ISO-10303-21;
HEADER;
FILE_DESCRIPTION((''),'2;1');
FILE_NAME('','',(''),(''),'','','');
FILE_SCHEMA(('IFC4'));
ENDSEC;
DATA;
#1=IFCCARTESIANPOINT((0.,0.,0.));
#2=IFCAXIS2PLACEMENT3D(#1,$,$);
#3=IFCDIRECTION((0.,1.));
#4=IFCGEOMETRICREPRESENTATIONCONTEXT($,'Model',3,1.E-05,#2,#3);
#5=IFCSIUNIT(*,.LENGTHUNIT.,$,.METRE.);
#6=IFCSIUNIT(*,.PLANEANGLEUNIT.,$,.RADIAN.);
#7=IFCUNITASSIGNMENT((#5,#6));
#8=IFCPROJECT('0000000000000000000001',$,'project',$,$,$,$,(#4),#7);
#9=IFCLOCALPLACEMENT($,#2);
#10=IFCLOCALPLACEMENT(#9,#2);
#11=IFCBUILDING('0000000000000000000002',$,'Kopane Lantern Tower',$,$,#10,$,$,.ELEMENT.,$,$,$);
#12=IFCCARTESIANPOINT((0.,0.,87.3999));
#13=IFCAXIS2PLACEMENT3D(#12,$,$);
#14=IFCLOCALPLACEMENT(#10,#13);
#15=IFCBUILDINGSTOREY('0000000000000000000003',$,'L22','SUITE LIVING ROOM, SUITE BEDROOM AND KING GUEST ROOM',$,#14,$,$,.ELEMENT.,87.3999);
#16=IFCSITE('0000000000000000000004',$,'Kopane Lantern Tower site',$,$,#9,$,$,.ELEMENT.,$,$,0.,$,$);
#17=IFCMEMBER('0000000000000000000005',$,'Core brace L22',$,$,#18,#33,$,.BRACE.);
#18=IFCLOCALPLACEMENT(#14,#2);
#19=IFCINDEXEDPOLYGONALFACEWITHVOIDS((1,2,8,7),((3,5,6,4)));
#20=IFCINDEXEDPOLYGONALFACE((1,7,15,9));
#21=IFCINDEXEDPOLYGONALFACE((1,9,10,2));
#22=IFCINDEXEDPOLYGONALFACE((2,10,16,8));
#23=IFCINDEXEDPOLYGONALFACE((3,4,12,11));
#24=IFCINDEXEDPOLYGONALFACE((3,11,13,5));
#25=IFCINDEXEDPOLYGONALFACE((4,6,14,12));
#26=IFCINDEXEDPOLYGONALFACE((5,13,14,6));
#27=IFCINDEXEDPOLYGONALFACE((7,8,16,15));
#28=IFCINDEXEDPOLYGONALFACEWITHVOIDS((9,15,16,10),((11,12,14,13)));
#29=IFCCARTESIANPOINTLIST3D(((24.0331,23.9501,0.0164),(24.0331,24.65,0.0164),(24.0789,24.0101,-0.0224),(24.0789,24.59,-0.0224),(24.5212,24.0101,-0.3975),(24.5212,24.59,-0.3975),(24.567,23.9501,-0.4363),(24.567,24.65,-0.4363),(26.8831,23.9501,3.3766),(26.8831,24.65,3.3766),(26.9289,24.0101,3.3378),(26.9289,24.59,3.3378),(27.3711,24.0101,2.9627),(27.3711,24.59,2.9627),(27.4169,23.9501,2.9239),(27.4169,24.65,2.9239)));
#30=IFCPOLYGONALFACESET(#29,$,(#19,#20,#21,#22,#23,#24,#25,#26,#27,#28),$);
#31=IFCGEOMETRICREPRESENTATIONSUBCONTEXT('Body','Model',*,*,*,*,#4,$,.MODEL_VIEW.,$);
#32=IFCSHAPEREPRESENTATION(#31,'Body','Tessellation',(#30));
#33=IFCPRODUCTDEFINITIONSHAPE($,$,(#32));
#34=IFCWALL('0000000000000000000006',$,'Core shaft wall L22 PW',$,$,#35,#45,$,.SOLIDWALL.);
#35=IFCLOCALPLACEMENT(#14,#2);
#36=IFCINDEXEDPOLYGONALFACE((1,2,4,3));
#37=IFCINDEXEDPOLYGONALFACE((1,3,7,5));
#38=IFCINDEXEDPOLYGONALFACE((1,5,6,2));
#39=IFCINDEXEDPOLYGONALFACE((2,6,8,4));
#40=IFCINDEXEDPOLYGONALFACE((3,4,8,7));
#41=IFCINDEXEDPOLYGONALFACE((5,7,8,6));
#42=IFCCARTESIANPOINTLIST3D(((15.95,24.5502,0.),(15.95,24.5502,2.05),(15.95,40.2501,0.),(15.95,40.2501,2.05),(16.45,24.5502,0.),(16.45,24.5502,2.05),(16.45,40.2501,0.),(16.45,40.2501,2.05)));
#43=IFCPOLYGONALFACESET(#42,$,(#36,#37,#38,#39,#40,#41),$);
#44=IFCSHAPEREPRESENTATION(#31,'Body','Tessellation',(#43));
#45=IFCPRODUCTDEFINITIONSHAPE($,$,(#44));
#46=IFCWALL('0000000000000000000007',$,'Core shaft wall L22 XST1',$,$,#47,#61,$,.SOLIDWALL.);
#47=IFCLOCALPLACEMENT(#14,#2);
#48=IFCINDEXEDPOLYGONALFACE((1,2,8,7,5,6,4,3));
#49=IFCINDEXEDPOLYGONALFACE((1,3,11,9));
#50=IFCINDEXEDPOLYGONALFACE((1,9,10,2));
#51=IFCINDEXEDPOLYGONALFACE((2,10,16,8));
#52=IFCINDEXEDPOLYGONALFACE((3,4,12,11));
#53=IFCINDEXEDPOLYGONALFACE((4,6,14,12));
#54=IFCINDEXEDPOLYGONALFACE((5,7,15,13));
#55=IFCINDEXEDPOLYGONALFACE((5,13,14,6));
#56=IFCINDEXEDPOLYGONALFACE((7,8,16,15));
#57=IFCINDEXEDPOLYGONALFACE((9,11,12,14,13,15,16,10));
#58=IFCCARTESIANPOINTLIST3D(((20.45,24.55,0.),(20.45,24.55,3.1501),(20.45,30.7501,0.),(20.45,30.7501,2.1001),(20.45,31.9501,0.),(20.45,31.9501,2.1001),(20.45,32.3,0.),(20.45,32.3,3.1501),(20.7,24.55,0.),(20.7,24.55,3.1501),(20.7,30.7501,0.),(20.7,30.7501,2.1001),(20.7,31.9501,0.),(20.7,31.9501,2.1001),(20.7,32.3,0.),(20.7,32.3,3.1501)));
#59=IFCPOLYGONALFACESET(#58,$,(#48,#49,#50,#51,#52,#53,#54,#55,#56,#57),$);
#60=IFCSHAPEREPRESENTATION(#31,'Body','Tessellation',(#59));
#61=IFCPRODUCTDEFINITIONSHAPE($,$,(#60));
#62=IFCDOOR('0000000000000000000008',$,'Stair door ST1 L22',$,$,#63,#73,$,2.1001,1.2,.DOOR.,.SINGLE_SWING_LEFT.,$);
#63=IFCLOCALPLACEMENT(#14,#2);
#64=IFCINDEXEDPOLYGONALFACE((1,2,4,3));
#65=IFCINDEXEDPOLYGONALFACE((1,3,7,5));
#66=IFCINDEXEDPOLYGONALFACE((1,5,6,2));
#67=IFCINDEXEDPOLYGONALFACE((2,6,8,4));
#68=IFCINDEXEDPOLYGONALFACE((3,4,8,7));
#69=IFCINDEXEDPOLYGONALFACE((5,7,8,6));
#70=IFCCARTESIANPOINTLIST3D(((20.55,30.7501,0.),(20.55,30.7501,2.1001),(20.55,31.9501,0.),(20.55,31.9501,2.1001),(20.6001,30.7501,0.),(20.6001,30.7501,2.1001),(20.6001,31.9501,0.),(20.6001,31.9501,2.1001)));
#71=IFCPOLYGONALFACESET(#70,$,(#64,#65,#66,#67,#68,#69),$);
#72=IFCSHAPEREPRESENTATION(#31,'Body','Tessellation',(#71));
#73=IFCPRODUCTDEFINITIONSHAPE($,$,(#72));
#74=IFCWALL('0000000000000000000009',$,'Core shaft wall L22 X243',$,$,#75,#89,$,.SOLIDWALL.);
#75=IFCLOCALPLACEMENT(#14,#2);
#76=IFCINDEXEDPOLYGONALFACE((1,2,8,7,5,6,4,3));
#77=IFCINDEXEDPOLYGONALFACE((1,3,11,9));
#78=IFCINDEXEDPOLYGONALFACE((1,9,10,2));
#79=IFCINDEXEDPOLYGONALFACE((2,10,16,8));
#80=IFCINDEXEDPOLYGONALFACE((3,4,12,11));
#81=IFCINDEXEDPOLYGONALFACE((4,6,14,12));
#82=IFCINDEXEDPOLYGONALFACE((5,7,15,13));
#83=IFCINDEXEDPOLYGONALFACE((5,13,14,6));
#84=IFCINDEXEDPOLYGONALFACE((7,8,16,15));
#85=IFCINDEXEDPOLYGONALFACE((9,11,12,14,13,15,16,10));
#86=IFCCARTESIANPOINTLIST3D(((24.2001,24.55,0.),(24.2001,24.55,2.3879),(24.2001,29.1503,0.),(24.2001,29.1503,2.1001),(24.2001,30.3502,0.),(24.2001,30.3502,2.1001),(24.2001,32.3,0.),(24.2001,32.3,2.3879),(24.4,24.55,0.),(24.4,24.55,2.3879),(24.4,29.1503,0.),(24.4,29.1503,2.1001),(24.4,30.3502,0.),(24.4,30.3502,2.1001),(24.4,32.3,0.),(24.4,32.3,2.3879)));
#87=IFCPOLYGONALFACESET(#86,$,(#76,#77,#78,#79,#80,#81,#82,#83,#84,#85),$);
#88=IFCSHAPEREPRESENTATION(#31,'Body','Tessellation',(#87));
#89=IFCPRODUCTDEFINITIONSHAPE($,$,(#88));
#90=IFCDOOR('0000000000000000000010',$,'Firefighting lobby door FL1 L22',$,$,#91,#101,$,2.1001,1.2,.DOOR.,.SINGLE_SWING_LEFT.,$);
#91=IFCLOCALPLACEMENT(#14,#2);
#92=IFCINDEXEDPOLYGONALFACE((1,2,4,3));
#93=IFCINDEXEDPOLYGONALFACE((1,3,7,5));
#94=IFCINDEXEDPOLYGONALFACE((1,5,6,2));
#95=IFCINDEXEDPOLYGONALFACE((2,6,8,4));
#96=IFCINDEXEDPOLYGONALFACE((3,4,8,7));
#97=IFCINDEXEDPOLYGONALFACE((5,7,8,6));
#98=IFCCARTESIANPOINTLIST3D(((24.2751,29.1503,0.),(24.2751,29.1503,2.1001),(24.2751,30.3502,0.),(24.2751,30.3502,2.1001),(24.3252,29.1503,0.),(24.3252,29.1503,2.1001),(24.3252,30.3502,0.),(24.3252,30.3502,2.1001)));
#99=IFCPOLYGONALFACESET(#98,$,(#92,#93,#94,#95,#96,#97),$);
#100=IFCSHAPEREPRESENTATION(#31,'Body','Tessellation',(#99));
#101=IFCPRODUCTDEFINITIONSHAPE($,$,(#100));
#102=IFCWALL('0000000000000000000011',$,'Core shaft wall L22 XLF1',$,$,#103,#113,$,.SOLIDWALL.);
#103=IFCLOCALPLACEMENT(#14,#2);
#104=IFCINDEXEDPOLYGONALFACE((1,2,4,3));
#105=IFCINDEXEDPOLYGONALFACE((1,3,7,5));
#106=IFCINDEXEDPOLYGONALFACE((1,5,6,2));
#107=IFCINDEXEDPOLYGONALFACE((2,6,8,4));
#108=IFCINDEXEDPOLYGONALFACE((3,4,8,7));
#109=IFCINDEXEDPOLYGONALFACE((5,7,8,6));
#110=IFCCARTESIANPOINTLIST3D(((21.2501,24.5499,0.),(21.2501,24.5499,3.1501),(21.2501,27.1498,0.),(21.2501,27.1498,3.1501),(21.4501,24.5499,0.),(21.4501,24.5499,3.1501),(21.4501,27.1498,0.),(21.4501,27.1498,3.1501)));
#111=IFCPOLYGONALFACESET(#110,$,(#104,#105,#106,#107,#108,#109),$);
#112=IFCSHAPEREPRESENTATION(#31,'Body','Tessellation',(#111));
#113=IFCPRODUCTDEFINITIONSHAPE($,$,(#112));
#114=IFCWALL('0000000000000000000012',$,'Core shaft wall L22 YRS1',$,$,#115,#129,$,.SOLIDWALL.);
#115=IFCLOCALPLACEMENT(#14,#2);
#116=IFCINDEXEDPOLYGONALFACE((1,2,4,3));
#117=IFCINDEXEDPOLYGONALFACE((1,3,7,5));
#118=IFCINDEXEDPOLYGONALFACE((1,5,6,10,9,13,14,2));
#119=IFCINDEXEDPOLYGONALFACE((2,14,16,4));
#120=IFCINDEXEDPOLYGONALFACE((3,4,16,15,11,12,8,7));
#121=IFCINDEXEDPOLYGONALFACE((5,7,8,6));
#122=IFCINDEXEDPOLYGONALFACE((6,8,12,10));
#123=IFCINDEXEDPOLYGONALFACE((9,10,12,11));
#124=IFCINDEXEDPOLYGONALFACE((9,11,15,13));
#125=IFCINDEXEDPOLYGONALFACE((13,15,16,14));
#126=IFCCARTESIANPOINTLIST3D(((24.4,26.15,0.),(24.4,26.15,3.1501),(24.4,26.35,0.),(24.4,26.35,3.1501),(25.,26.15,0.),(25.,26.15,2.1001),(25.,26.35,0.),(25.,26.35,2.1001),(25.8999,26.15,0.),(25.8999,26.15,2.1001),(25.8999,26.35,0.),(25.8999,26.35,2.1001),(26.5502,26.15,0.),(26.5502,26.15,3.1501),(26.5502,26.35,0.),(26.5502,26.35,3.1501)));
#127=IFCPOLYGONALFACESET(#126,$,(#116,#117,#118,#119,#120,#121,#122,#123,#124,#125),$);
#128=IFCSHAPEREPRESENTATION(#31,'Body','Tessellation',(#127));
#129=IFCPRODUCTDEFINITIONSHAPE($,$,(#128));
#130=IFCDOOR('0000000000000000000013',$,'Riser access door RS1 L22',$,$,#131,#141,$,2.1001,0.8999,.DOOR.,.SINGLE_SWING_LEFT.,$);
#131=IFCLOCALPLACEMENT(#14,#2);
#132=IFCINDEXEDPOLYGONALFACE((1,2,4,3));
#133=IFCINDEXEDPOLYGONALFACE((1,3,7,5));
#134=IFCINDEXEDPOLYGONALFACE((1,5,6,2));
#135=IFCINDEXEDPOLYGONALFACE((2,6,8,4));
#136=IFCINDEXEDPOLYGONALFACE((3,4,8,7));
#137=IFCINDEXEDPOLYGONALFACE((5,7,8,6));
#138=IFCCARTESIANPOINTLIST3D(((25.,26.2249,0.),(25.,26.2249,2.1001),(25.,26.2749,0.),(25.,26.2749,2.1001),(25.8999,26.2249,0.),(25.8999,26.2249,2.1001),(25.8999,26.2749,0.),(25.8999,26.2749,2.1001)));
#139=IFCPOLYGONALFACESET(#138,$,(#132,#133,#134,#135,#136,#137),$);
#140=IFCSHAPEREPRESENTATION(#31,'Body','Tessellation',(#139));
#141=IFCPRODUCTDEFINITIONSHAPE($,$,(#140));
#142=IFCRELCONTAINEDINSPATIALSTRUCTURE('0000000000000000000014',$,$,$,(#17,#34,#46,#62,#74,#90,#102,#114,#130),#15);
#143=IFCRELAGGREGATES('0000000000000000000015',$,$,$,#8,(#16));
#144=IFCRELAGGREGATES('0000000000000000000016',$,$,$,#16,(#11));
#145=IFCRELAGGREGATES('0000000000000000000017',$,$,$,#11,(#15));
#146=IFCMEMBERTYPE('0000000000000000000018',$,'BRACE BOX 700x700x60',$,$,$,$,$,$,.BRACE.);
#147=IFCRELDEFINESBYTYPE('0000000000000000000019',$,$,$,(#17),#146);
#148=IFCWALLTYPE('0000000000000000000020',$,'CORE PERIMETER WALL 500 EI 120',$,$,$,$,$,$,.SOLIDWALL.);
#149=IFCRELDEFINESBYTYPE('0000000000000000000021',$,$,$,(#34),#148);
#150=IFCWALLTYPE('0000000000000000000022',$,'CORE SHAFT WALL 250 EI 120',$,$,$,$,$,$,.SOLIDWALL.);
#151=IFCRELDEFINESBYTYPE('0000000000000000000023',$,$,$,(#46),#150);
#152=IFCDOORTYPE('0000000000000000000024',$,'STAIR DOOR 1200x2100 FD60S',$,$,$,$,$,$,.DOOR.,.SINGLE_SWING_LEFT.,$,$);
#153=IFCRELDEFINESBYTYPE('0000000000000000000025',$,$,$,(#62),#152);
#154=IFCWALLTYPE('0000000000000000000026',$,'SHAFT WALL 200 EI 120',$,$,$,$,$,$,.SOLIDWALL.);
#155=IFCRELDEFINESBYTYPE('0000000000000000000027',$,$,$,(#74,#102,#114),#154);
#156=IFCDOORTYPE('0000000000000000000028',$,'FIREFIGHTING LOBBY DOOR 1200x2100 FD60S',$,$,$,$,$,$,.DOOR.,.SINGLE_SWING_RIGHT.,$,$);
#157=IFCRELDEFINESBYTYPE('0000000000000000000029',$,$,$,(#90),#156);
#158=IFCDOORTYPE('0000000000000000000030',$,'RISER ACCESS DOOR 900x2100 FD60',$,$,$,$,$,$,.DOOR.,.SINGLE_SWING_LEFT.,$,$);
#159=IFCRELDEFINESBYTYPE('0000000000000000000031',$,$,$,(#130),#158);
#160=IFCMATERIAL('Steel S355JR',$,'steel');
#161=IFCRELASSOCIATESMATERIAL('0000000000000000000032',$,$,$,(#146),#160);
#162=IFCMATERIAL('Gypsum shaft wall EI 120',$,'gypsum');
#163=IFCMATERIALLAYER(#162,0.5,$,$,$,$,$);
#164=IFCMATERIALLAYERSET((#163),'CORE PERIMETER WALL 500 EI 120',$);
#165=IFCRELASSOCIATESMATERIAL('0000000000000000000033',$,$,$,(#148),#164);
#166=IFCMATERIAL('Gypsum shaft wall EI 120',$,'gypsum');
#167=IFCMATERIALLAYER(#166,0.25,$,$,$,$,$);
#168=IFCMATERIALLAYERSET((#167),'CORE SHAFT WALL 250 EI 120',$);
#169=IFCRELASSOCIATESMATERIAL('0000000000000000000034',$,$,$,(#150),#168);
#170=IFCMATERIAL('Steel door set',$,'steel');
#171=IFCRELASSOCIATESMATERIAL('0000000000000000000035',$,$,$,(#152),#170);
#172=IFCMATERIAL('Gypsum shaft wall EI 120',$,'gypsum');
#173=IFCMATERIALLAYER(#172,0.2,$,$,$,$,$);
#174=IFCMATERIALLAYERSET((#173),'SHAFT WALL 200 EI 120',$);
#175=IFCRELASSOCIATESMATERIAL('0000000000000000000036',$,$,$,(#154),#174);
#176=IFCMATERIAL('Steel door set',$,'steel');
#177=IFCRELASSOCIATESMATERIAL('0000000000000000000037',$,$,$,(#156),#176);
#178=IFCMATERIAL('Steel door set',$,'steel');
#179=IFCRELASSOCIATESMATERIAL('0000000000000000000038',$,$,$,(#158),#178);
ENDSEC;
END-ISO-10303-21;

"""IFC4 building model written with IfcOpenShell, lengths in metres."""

from ifc_helpers import new_model, si_unit, direction, frame, frame_2d, origin, origin_2d, place, context, subcontext, project, spatial, rectangle, hollow_rectangle, extrude, material, layer, layer_set, material_profile, profile_set, type_object, element, fill, save


model = new_model("IFC4")

# Units and contexts
model_context = context("Model", 3, precision=1e-05, world=origin(), true_north=direction((0.0, 1.0)))
body_context = subcontext(model_context, "Body", "Model", "MODEL_VIEW")
ifc_project = project(units=[si_unit("LENGTHUNIT", "METRE"), si_unit("PLANEANGLEUNIT", "RADIAN")], contexts=[model_context])

# Site, building, storey
site_placement = place(None, origin())
site = spatial("IfcSite", under=ifc_project, at=site_placement, Name="Kopane Lantern Tower site", CompositionType="ELEMENT", RefElevation=0.0)
building_placement = place(site_placement, origin())
building = spatial("IfcBuilding", under=site, at=building_placement, Name="Kopane Lantern Tower", CompositionType="ELEMENT")
storey_placement = place(building_placement, frame((0.0, 0.0, 87.3999)))
storey = spatial("IfcBuildingStorey", under=building, at=storey_placement, Name="L22", Description="SUITE LIVING ROOM, SUITE BEDROOM AND KING GUEST ROOM", CompositionType="ELEMENT", Elevation=87.3999)

# Member
ifc_material_1 = material(Name="Steel S355JR", Category="steel")
ifc_material_profile = material_profile(ifc_material_1, hollow_rectangle(XDim=0.7, YDim=0.7, WallThickness=0.0601, at=origin_2d()), Name="BOX 700x700x60")
ifc_profile_set = profile_set([ifc_material_profile], Name="Steel S355JR")
member_type = type_object("IfcMemberType", Name="BRACE BOX 700x700x60", PredefinedType="BRACE", material=ifc_profile_set)
member_placement = place(storey_placement, frame((24.3, 24.3, -0.21), z_axis=(0.646826, 0.0, 0.762638), x_axis=(0.0, 1.0, 0.0)))
element("IfcMember", 1, at=member_placement, inside=storey, type_object=member_type, Name="Core brace L22", PredefinedType="BRACE", context=body_context, shape_type="SweptSolid", body=[
    extrude(hollow_rectangle(XDim=0.7, YDim=0.7, WallThickness=0.0601, at=origin_2d()), origin(), (0.0, 0.0, 1.0), 4.406),
])

# Shared definitions
ifc_material_2 = material(Name="Gypsum shaft wall EI 120", Category="gypsum")
ifc_layer_1 = layer(ifc_material_2, 0.5)
ifc_layer_set_1 = layer_set([ifc_layer_1], Name="CORE PERIMETER WALL 500 EI 120")
wall_type_1 = type_object("IfcWallType", Name="CORE PERIMETER WALL 500 EI 120", PredefinedType="SOLIDWALL", material=ifc_layer_set_1)

# Wall
wall_1_placement = place(storey_placement, frame((16.2, 24.55, 0.0), z_axis=(0.0, 0.0, 1.0), x_axis=(0.0, 1.0, 0.0)))
element("IfcWall", 2, at=wall_1_placement, inside=storey, type_object=wall_type_1, Name="Core shaft wall L22 PW", PredefinedType="SOLIDWALL", context=body_context, shape_type="SweptSolid", body=[
    extrude(rectangle(XDim=15.7, YDim=0.5, at=frame_2d((7.8501, 0.0))), origin(), (0.0, 0.0, 1.0), 2.05),
])

# Walls, openings, doors
ifc_material_3 = material(Name="Gypsum shaft wall EI 120", Category="gypsum")
ifc_layer_2 = layer(ifc_material_3, 0.25)
ifc_layer_set_2 = layer_set([ifc_layer_2], Name="CORE SHAFT WALL 250 EI 120")
wall_type_2 = type_object("IfcWallType", Name="CORE SHAFT WALL 250 EI 120", PredefinedType="SOLIDWALL", material=ifc_layer_set_2)
wall_2_placement = place(storey_placement, frame((20.575, 24.55, 0.0), z_axis=(0.0, 0.0, 1.0), x_axis=(0.0, 1.0, 0.0)))
wall_2 = element("IfcWall", 3, at=wall_2_placement, inside=storey, type_object=wall_type_2, Name="Core shaft wall L22 XST1", PredefinedType="SOLIDWALL", context=body_context, shape_type="SweptSolid", body=[
    extrude(rectangle(XDim=7.75, YDim=0.25, at=frame_2d((3.875, 0.0))), origin(), (0.0, 0.0, 1.0), 3.1501),
])
opening_1_placement = place(wall_2_placement, frame((6.2, 0.0, 0.0)))
opening_1 = element("IfcOpeningElement", 4, at=opening_1_placement, cuts=wall_2, PredefinedType="OPENING", context=body_context, shape_type="SweptSolid", body=[
    extrude(rectangle(XDim=1.2, YDim=2.1001, at=frame_2d((0.6001, 1.05))), frame((0.0, 0.135, 0.0), z_axis=(0.0, -1.0, 0.0), x_axis=(1.0, 0.0, 0.0)), (0.0, 0.0, 1.0), 0.27),
])
ifc_material_4 = material(Name="Steel door set", Category="steel")
door_type_1 = type_object("IfcDoorType", Name="STAIR DOOR 1200x2100 FD60S", OperationType="SINGLE_SWING_LEFT", PredefinedType="DOOR", material=ifc_material_4)
door_1_placement = place(opening_1_placement, origin())
door_1 = element("IfcDoor", 5, at=door_1_placement, inside=storey, type_object=door_type_1, Name="Stair door ST1 L22", OperationType="SINGLE_SWING_LEFT", OverallHeight=2.1001, OverallWidth=1.2, PredefinedType="DOOR", context=body_context, shape_type="SweptSolid", body=[
    extrude(rectangle(XDim=1.2, YDim=2.1001, at=frame_2d((0.6001, 1.05))), frame((0.0, 0.0249, 0.0), z_axis=(0.0, -1.0, 0.0), x_axis=(1.0, 0.0, 0.0)), (0.0, 0.0, 1.0), 0.05),
])
fill(opening_1, door_1)
ifc_material_5 = material(Name="Gypsum shaft wall EI 120", Category="gypsum")
ifc_layer_3 = layer(ifc_material_5, 0.2)
ifc_layer_set_3 = layer_set([ifc_layer_3], Name="SHAFT WALL 200 EI 120")
wall_type_3 = type_object("IfcWallType", Name="SHAFT WALL 200 EI 120", PredefinedType="SOLIDWALL", material=ifc_layer_set_3)
wall_3_placement = place(storey_placement, frame((24.3, 24.55, 0.0), z_axis=(0.0, 0.0, 1.0), x_axis=(0.0, 1.0, 0.0)))
wall_3 = element("IfcWall", 6, at=wall_3_placement, inside=storey, type_object=wall_type_3, Name="Core shaft wall L22 X243", PredefinedType="SOLIDWALL", context=body_context, shape_type="SweptSolid", body=[
    extrude(rectangle(XDim=7.75, YDim=0.2, at=frame_2d((3.875, 0.0))), origin(), (0.0, 0.0, 1.0), 2.3879),
])
opening_2_placement = place(wall_3_placement, frame((4.6001, 0.0, 0.0)))
opening_2 = element("IfcOpeningElement", 7, at=opening_2_placement, cuts=wall_3, PredefinedType="OPENING", context=body_context, shape_type="SweptSolid", body=[
    extrude(rectangle(XDim=1.2, YDim=2.1001, at=frame_2d((0.6001, 1.05))), frame((0.0, 0.1099, 0.0), z_axis=(0.0, -1.0, 0.0), x_axis=(1.0, 0.0, 0.0)), (0.0, 0.0, 1.0), 0.22),
])
ifc_material_6 = material(Name="Steel door set", Category="steel")
door_type_2 = type_object("IfcDoorType", Name="FIREFIGHTING LOBBY DOOR 1200x2100 FD60S", OperationType="SINGLE_SWING_RIGHT", PredefinedType="DOOR", material=ifc_material_6)
door_2_placement = place(opening_2_placement, origin())
door_2 = element("IfcDoor", 8, at=door_2_placement, inside=storey, type_object=door_type_2, Name="Firefighting lobby door FL1 L22", OperationType="SINGLE_SWING_LEFT", OverallHeight=2.1001, OverallWidth=1.2, PredefinedType="DOOR", context=body_context, shape_type="SweptSolid", body=[
    extrude(rectangle(XDim=1.2, YDim=2.1001, at=frame_2d((0.6001, 1.05))), frame((0.0, 0.0249, 0.0), z_axis=(0.0, -1.0, 0.0), x_axis=(1.0, 0.0, 0.0)), (0.0, 0.0, 1.0), 0.05),
])
fill(opening_2, door_2)

# Wall
wall_4_placement = place(storey_placement, frame((21.3501, 24.55, 0.0), z_axis=(0.0, 0.0, 1.0), x_axis=(0.0, 1.0, 0.0)))
element("IfcWall", 9, at=wall_4_placement, inside=storey, type_object=wall_type_3, Name="Core shaft wall L22 XLF1", PredefinedType="SOLIDWALL", context=body_context, shape_type="SweptSolid", body=[
    extrude(rectangle(XDim=2.5999, YDim=0.2, at=frame_2d((1.2998, 0.0))), origin(), (0.0, 0.0, 1.0), 3.1501),
])

# Wall, opening, door
wall_5_placement = place(storey_placement, frame((24.3999, 26.25, 0.0), z_axis=(0.0, 0.0, 1.0), x_axis=(1.0, 0.0, 0.0)))
wall_5 = element("IfcWall", 10, at=wall_5_placement, inside=storey, type_object=wall_type_3, Name="Core shaft wall L22 YRS1", PredefinedType="SOLIDWALL", context=body_context, shape_type="SweptSolid", body=[
    extrude(rectangle(XDim=2.1501, YDim=0.2, at=frame_2d((1.0752, 0.0))), origin(), (0.0, 0.0, 1.0), 3.1501),
])
opening_3_placement = place(wall_5_placement, frame((0.6001, 0.0, 0.0)))
opening_3 = element("IfcOpeningElement", 11, at=opening_3_placement, cuts=wall_5, PredefinedType="OPENING", context=body_context, shape_type="SweptSolid", body=[
    extrude(rectangle(XDim=0.8999, YDim=2.1001, at=frame_2d((0.45, 1.05))), frame((0.0, 0.1099, 0.0), z_axis=(0.0, -1.0, 0.0), x_axis=(1.0, 0.0, 0.0)), (0.0, 0.0, 1.0), 0.22),
])
ifc_material_7 = material(Name="Steel door set", Category="steel")
door_type_3 = type_object("IfcDoorType", Name="RISER ACCESS DOOR 900x2100 FD60", OperationType="SINGLE_SWING_LEFT", PredefinedType="DOOR", material=ifc_material_7)
door_3_placement = place(opening_3_placement, origin())
door_3 = element("IfcDoor", 12, at=door_3_placement, inside=storey, type_object=door_type_3, Name="Riser access door RS1 L22", OperationType="SINGLE_SWING_LEFT", OverallHeight=2.1001, OverallWidth=0.8999, PredefinedType="DOOR", context=body_context, shape_type="SweptSolid", body=[
    extrude(rectangle(XDim=0.8999, YDim=2.1001, at=frame_2d((0.45, 1.05))), frame((0.0, 0.0249, 0.0), z_axis=(0.0, -1.0, 0.0), x_axis=(1.0, 0.0, 0.0)), (0.0, 0.0, 1.0), 0.05),
])
fill(opening_3, door_3)

save(model, "model.ifc")
